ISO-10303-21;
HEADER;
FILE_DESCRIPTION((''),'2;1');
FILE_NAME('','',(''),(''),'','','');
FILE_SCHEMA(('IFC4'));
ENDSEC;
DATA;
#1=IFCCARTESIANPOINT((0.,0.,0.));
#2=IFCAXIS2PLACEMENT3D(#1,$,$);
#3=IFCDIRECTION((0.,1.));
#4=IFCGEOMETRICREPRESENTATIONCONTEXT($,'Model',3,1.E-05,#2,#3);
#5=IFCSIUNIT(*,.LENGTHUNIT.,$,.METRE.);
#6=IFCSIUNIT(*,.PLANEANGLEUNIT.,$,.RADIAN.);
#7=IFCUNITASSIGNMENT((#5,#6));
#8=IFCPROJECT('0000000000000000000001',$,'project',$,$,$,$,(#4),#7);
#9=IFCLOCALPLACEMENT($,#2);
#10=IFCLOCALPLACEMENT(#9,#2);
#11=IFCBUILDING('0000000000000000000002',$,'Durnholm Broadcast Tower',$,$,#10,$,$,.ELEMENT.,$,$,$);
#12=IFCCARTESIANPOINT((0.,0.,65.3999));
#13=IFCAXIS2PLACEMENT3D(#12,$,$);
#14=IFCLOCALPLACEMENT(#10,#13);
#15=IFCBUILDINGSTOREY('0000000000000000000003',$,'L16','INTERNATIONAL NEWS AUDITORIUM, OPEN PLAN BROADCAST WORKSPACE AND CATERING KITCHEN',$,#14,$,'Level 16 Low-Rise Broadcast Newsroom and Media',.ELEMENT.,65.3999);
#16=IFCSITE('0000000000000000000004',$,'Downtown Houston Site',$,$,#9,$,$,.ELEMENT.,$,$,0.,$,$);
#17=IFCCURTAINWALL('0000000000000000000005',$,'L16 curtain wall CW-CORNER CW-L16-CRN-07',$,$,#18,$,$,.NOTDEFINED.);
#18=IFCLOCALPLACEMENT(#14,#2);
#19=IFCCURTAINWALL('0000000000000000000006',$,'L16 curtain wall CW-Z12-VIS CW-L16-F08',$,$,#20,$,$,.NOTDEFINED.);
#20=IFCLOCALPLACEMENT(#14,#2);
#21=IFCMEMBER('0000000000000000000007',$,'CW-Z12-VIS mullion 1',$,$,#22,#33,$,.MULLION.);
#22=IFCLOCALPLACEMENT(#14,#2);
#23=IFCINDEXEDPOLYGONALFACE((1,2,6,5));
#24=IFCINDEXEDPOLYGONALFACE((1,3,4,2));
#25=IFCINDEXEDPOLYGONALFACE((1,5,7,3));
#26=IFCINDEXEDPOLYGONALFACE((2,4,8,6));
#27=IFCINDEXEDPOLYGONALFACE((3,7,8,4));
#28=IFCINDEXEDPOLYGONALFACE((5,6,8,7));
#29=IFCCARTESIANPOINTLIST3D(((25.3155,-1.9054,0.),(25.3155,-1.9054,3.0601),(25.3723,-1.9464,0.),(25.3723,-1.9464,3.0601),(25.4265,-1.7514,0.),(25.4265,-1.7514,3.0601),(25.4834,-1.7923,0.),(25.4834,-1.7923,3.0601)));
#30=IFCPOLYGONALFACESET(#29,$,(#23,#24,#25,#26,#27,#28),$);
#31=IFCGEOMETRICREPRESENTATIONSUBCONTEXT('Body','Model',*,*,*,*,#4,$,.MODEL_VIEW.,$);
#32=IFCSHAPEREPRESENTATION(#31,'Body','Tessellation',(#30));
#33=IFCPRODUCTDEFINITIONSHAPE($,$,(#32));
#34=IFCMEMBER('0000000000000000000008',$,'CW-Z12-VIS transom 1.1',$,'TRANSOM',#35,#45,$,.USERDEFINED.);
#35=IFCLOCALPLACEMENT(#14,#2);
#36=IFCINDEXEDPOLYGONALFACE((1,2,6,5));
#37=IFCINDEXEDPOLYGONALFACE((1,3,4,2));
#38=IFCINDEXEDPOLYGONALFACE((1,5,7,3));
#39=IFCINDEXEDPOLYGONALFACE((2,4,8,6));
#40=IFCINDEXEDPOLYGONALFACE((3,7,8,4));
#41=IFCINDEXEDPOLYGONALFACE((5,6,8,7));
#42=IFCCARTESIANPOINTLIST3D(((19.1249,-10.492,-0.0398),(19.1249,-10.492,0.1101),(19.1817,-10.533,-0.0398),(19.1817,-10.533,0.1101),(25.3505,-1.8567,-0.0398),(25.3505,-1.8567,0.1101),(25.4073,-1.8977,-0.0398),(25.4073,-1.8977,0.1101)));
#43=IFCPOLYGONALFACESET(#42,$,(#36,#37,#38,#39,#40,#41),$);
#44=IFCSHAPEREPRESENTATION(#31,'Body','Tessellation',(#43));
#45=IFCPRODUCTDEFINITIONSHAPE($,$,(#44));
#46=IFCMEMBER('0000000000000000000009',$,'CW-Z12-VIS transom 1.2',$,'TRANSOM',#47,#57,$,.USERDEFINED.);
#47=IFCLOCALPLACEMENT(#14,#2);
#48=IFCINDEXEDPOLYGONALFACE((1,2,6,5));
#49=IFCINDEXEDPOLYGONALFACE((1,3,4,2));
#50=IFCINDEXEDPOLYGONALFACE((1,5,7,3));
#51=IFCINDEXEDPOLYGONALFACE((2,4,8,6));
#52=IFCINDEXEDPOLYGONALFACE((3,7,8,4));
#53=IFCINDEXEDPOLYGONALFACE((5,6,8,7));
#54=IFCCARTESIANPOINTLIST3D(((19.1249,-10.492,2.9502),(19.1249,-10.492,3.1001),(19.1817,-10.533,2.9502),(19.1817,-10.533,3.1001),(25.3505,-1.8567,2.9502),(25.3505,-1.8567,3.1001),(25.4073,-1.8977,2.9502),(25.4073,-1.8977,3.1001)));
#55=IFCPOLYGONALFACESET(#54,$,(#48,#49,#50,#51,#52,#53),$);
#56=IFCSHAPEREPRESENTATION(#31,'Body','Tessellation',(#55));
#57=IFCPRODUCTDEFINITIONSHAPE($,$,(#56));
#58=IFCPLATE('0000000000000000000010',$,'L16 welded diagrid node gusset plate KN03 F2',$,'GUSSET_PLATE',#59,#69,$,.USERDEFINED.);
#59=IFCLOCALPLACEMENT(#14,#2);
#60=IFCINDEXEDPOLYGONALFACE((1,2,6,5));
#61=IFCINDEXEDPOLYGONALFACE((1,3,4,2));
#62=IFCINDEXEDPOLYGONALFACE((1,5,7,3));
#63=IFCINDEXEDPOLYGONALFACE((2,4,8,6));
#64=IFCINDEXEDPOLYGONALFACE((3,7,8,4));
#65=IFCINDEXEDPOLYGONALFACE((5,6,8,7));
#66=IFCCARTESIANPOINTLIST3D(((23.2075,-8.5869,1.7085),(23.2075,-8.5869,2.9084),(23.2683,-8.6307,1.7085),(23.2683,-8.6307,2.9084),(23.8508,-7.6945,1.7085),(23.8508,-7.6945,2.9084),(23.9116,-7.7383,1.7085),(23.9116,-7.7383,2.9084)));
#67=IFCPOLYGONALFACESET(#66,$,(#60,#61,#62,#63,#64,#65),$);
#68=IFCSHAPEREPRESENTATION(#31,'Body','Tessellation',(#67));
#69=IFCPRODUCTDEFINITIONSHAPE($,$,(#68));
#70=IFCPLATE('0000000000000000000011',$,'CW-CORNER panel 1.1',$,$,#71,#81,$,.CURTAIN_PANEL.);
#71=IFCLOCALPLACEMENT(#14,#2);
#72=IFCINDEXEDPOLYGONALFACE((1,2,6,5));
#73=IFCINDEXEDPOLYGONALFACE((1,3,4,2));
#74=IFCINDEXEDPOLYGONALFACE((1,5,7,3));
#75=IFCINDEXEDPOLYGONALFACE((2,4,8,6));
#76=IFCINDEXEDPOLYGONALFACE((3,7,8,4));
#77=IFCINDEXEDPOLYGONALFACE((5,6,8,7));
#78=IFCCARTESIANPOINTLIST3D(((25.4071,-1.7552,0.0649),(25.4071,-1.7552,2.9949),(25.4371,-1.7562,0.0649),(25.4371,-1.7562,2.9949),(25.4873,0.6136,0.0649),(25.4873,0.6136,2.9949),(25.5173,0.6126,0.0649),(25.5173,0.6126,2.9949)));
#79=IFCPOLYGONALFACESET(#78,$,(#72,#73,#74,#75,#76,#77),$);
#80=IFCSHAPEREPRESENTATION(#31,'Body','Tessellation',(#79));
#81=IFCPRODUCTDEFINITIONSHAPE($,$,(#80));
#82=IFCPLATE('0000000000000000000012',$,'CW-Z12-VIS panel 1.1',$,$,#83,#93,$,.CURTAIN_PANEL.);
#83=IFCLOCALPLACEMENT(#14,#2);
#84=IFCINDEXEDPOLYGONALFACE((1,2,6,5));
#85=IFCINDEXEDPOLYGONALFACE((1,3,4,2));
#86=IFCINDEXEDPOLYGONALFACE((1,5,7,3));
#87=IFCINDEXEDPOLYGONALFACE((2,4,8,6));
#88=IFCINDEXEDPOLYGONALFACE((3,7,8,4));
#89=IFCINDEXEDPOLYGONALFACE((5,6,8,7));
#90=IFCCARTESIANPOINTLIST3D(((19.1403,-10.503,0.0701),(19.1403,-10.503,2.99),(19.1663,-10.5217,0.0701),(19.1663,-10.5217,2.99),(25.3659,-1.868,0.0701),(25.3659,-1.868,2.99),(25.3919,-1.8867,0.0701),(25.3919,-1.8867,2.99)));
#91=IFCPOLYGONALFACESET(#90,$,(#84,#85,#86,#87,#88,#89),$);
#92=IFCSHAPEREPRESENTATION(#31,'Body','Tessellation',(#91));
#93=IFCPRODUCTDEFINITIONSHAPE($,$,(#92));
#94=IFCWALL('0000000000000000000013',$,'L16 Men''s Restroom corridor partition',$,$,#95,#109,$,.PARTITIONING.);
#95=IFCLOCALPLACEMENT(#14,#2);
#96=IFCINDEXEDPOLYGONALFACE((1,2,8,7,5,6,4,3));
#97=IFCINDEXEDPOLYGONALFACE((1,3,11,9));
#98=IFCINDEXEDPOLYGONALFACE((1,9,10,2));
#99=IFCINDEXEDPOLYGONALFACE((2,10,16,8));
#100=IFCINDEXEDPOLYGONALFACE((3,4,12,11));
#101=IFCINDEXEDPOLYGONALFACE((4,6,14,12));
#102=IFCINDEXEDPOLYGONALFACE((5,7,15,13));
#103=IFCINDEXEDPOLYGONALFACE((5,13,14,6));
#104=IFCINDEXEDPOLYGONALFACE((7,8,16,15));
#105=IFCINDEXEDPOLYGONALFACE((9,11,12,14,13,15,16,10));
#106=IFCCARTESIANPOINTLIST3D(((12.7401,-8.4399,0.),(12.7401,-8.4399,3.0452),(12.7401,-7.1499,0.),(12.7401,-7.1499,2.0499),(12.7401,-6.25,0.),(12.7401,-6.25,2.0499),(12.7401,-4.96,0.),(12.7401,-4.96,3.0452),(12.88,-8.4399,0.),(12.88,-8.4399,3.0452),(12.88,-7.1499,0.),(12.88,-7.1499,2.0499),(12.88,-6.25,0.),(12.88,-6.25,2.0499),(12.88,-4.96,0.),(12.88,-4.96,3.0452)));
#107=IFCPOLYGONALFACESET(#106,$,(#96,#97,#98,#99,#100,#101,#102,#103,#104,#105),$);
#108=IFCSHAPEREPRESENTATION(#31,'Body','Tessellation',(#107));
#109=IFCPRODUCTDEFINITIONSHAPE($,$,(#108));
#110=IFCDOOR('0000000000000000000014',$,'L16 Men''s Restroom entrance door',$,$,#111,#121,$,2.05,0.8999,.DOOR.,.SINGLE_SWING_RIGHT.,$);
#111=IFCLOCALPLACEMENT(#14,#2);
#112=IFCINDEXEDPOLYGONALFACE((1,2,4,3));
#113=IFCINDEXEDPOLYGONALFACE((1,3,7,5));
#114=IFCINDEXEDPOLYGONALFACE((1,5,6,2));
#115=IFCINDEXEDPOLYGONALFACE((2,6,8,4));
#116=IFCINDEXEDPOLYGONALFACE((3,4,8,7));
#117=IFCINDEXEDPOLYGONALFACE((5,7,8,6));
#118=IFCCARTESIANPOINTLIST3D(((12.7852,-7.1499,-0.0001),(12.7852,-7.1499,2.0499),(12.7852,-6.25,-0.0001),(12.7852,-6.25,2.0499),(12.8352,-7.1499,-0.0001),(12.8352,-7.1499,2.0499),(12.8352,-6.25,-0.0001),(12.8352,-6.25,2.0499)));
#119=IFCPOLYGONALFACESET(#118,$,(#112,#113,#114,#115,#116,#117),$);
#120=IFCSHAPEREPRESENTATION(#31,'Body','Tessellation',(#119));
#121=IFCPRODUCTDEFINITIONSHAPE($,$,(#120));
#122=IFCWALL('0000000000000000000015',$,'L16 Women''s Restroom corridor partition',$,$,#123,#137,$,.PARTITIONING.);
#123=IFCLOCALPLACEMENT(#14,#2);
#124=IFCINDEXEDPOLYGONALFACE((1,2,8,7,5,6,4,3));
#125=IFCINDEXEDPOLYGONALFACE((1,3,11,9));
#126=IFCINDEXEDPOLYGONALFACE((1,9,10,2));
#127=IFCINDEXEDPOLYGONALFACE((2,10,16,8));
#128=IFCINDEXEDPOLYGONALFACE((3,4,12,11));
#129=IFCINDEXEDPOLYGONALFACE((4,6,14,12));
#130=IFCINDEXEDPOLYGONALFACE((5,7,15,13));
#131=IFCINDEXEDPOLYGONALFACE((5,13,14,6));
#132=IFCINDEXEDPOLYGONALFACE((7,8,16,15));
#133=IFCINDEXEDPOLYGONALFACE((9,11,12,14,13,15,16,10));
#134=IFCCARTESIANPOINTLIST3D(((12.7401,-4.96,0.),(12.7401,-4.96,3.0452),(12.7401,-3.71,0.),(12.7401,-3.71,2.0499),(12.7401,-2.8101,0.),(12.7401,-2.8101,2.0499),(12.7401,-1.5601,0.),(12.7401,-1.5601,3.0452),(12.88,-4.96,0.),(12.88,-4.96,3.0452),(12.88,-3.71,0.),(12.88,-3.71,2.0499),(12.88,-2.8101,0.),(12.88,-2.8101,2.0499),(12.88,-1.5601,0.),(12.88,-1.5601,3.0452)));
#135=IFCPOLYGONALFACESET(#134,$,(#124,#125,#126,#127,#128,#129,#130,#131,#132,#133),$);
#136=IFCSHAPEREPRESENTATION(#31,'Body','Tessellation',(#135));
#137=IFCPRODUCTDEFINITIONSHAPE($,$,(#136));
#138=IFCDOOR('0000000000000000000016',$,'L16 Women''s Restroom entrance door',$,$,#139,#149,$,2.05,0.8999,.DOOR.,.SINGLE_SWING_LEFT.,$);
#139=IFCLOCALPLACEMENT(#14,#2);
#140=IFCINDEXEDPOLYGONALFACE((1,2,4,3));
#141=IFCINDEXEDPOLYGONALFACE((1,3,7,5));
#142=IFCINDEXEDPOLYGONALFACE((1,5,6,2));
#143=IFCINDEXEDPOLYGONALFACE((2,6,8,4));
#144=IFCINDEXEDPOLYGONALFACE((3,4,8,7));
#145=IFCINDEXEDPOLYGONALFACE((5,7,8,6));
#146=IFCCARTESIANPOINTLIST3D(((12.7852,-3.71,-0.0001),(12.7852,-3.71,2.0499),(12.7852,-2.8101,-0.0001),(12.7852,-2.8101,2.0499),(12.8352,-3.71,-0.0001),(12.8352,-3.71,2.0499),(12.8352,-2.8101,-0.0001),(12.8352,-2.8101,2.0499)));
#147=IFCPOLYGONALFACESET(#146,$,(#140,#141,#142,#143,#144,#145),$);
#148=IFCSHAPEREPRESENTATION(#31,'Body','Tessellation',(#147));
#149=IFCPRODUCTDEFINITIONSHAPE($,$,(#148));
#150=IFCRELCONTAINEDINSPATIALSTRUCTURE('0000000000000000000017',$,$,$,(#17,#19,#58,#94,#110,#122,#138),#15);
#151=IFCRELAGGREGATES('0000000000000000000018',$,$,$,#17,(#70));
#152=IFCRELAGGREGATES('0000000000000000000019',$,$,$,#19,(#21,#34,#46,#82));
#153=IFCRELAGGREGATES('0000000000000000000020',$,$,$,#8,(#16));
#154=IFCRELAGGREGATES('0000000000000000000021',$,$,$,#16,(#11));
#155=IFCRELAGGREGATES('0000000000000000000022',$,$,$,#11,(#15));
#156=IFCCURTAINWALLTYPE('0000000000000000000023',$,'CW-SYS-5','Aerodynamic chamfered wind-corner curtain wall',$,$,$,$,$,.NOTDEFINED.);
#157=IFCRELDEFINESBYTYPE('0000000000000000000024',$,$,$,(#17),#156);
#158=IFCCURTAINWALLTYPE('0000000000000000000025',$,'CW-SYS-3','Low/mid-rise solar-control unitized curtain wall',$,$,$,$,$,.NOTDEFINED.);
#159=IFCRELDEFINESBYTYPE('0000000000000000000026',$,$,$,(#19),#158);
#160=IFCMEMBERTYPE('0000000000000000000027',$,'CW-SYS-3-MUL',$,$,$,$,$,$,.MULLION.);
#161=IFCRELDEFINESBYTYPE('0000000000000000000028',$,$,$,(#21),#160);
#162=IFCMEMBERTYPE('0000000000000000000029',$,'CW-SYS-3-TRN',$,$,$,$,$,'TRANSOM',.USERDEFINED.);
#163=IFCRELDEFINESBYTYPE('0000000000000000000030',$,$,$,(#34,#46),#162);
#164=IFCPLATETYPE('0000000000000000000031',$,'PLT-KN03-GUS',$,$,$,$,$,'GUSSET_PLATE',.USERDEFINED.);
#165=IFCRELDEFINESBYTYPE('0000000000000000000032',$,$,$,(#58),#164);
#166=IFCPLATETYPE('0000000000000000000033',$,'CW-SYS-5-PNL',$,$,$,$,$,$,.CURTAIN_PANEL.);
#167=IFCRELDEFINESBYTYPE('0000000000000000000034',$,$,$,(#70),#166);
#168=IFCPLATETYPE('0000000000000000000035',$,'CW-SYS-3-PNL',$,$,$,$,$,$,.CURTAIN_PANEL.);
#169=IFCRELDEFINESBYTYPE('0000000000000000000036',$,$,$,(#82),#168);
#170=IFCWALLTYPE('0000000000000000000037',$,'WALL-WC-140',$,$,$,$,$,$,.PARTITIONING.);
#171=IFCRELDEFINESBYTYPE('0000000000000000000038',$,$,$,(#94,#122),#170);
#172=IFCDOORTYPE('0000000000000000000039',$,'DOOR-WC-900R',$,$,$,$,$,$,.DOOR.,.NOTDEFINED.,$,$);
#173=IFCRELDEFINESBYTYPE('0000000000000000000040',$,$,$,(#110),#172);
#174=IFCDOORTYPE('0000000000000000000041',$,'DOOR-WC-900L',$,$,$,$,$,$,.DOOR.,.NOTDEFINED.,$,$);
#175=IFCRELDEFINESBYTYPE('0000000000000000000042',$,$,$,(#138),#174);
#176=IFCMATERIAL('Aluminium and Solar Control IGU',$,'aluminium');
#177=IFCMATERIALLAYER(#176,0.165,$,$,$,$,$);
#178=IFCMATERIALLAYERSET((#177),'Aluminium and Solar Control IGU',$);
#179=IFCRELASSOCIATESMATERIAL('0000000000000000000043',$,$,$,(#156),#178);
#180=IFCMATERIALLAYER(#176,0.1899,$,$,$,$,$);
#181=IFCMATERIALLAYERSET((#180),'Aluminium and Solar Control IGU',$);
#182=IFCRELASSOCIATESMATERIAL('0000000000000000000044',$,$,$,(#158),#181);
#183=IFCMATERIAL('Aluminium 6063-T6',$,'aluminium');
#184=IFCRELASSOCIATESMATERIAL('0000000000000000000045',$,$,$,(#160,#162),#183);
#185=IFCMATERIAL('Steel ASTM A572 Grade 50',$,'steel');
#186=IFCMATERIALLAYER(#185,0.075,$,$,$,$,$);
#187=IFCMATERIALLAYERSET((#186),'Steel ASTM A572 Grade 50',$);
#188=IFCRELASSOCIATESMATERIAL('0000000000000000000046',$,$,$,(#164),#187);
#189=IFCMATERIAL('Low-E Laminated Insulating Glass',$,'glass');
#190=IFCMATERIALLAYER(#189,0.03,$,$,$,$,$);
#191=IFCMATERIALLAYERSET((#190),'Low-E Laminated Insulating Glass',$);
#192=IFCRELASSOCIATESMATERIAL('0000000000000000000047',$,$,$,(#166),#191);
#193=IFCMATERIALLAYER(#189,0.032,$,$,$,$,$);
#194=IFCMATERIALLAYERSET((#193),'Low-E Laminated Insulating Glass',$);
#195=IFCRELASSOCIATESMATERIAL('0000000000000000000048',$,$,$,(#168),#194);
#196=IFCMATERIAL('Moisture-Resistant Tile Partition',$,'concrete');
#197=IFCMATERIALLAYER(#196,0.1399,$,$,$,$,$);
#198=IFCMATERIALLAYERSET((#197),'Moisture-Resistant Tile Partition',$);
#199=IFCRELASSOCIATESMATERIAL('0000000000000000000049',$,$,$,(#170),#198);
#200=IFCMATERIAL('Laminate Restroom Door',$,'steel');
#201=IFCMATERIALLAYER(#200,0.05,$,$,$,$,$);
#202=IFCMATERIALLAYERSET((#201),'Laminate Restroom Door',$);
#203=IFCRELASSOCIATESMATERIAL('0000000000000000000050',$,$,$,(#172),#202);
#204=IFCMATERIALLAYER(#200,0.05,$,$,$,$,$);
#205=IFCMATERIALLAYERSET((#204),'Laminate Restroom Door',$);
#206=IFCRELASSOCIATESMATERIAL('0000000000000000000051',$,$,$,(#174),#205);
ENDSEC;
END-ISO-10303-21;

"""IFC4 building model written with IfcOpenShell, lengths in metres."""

from ifc_helpers import new_model, si_unit, direction, frame, frame_2d, origin, origin_2d, place, context, subcontext, project, spatial, rectangle, extrude, source, transform, mapped, material, layer, layer_set, material_profile, profile_set, type_object, type_shapes, element, fill, aggregate, save


model = new_model("IFC4")

# Units and contexts
model_context = context("Model", 3, precision=1e-05, world=origin(), true_north=direction((0.0, 1.0)))
body_context = subcontext(model_context, "Body", "Model", "MODEL_VIEW")
ifc_project = project(units=[si_unit("LENGTHUNIT", "METRE"), si_unit("PLANEANGLEUNIT", "RADIAN")], contexts=[model_context])

# Site, building, storey
site_placement = place(None, origin())
site = spatial("IfcSite", under=ifc_project, at=site_placement, Name="Downtown Houston Site", CompositionType="ELEMENT", RefElevation=0.0)
building_placement = place(site_placement, origin())
building = spatial("IfcBuilding", under=site, at=building_placement, Name="Durnholm Broadcast Tower", CompositionType="ELEMENT")
storey_placement = place(building_placement, frame((0.0, 0.0, 65.3999)))
storey = spatial("IfcBuildingStorey", under=building, at=storey_placement, Name="L16", Description="INTERNATIONAL NEWS AUDITORIUM, OPEN PLAN BROADCAST WORKSPACE AND CATERING KITCHEN", LongName="Level 16 Low-Rise Broadcast Newsroom and Media", CompositionType="ELEMENT", Elevation=65.3999)

# Curtain wall
ifc_material_1 = material(Name="Aluminium and Solar Control IGU", Category="aluminium")
ifc_layer_1 = layer(ifc_material_1, 0.165)
ifc_layer_set_1 = layer_set([ifc_layer_1], Name="Aluminium and Solar Control IGU")
curtain_wall_type_1 = type_object("IfcCurtainWallType", Name="CW-SYS-5", Description="Aerodynamic chamfered wind-corner curtain wall", PredefinedType="NOTDEFINED", material=ifc_layer_set_1)
curtain_wall_1_placement = place(storey_placement, origin())
curtain_wall_1 = element("IfcCurtainWall", 1, at=curtain_wall_1_placement, inside=storey, type_object=curtain_wall_type_1, Name="L16 curtain wall CW-CORNER CW-L16-CRN-07", PredefinedType="NOTDEFINED")
ifc_material_2 = material(Name="Aluminium 6063-T6", Category="aluminium")

# Curtain wall, members
ifc_layer_2 = layer(ifc_material_1, 0.1899)
ifc_layer_set_2 = layer_set([ifc_layer_2], Name="Aluminium and Solar Control IGU")
curtain_wall_type_2 = type_object("IfcCurtainWallType", Name="CW-SYS-3", Description="Low/mid-rise solar-control unitized curtain wall", PredefinedType="NOTDEFINED", material=ifc_layer_set_2)
curtain_wall_2_placement = place(storey_placement, origin())
curtain_wall_2 = element("IfcCurtainWall", 2, at=curtain_wall_2_placement, inside=storey, type_object=curtain_wall_type_2, Name="L16 curtain wall CW-Z12-VIS CW-L16-F08", PredefinedType="NOTDEFINED")
ifc_material_profile_1 = material_profile(ifc_material_2, rectangle(XDim=0.0701, YDim=0.1899, at=origin_2d()), Name="CWM70X190")
ifc_profile_set_1 = profile_set([ifc_material_profile_1], Name="Aluminium 6063-T6")
member_type_1 = type_object("IfcMemberType", Name="CW-SYS-3-MUL", PredefinedType="MULLION", material=ifc_profile_set_1)
shared_shape_1 = source(origin(), body_context, "Body", "SweptSolid", [
    extrude(rectangle(XDim=0.0701, YDim=0.1899, at=origin_2d()), origin(), (0.0, 0.0, 1.0), 3.0601),
])
type_shapes(member_type_1, [shared_shape_1])
member_1_placement = place(storey_placement, frame((25.3994, -1.8489, 0.0), z_axis=(0.0, 0.0, 1.0), x_axis=(0.811161, -0.584823, 0.0)))
member_1 = element("IfcMember", 3, at=member_1_placement, type_object=member_type_1, Name="CW-Z12-VIS mullion 1", PredefinedType="MULLION", context=body_context, shape_type="MappedRepresentation", body=[
    mapped(shared_shape_1, transform((0.0, 0.0, 0.0), x_axis=(1.0, 0.0, 0.0), y_axis=(0.0, 1.0, 0.0), z_axis=(0.0, 0.0, 1.0), scale=1.0)),
])
ifc_material_profile_2 = material_profile(ifc_material_2, rectangle(XDim=0.0701, YDim=0.1499, at=origin_2d()), Name="CWT70X150")
ifc_profile_set_2 = profile_set([ifc_material_profile_2], Name="Aluminium 6063-T6")
member_type_2 = type_object("IfcMemberType", Name="CW-SYS-3-TRN", ElementType="TRANSOM", PredefinedType="USERDEFINED", material=ifc_profile_set_2)
shared_shape_2 = source(origin(), body_context, "Body", "SweptSolid", [
    extrude(rectangle(XDim=0.0701, YDim=0.1499, at=origin_2d()), origin(), (0.0, 0.0, 1.0), 10.6455),
])
type_shapes(member_type_2, [shared_shape_2])
member_2_placement = place(storey_placement, frame((25.3789, -1.8772, 0.0352), z_axis=(-0.584812, -0.811169, 0.0), x_axis=(0.811169, -0.584812, 0.0)))
member_2 = element("IfcMember", 4, at=member_2_placement, type_object=member_type_2, Name="CW-Z12-VIS transom 1.1", ObjectType="TRANSOM", PredefinedType="USERDEFINED", context=body_context, shape_type="MappedRepresentation", body=[
    mapped(shared_shape_2, transform((0.0, 0.0, 0.0), x_axis=(1.0, 0.0, 0.0), y_axis=(0.0, 1.0, 0.0), z_axis=(0.0, 0.0, 1.0), scale=1.0)),
])
member_3_placement = place(storey_placement, frame((25.3789, -1.8772, 3.0251), z_axis=(-0.584812, -0.811169, 0.0), x_axis=(0.811169, -0.584812, 0.0)))
member_3 = element("IfcMember", 5, at=member_3_placement, type_object=member_type_2, Name="CW-Z12-VIS transom 1.2", ObjectType="TRANSOM", PredefinedType="USERDEFINED", context=body_context, shape_type="MappedRepresentation", body=[
    mapped(shared_shape_2, transform((0.0, 0.0, 0.0), x_axis=(1.0, 0.0, 0.0), y_axis=(0.0, 1.0, 0.0), z_axis=(0.0, 0.0, 1.0), scale=1.0)),
])

# Plates
ifc_material_3 = material(Name="Steel ASTM A572 Grade 50", Category="steel")
ifc_layer_3 = layer(ifc_material_3, 0.075)
ifc_layer_set_3 = layer_set([ifc_layer_3], Name="Steel ASTM A572 Grade 50")
plate_type_1 = type_object("IfcPlateType", Name="PLT-KN03-GUS", ElementType="GUSSET_PLATE", PredefinedType="USERDEFINED", material=ifc_layer_set_3)
shared_shape_3 = source(origin(), body_context, "Body", "SweptSolid", [
    extrude(rectangle(XDim=1.1001, YDim=0.075, at=origin_2d()), origin(), (0.0, 0.0, 1.0), 1.2),
])
type_shapes(plate_type_1, [shared_shape_3])
plate_1_placement = place(storey_placement, frame((23.5596, -8.1626, 1.7085), z_axis=(0.0, 0.0, 1.0), x_axis=(0.584816, 0.811166, 0.0)))
element("IfcPlate", 6, at=plate_1_placement, inside=storey, type_object=plate_type_1, Name="L16 welded diagrid node gusset plate KN03 F2", ObjectType="GUSSET_PLATE", PredefinedType="USERDEFINED", context=body_context, shape_type="MappedRepresentation", body=[
    mapped(shared_shape_3, transform((0.0, 0.0, 0.0), x_axis=(1.0, 0.0, 0.0), y_axis=(0.0, 1.0, 0.0), z_axis=(0.0, 0.0, 1.0), scale=1.0)),
])
ifc_material_4 = material(Name="Low-E Laminated Insulating Glass", Category="glass")
ifc_layer_4 = layer(ifc_material_4, 0.03)
ifc_layer_set_4 = layer_set([ifc_layer_4], Name="Low-E Laminated Insulating Glass")
plate_type_2 = type_object("IfcPlateType", Name="CW-SYS-5-PNL", PredefinedType="CURTAIN_PANEL", material=ifc_layer_set_4)
shared_shape_4 = source(origin(), body_context, "Body", "SweptSolid", [
    extrude(rectangle(XDim=2.3701, YDim=0.03, at=origin_2d()), origin(), (0.0, 0.0, 1.0), 2.9299),
])
type_shapes(plate_type_2, [shared_shape_4])
plate_2_placement = place(storey_placement, frame((25.4622, -0.5713, 0.0649), z_axis=(0.0, 0.0, 1.0), x_axis=(-0.03384, -0.999427, 0.0)))
plate_2 = element("IfcPlate", 7, at=plate_2_placement, type_object=plate_type_2, Name="CW-CORNER panel 1.1", PredefinedType="CURTAIN_PANEL", context=body_context, shape_type="MappedRepresentation", body=[
    mapped(shared_shape_4, transform((0.0, 0.0, 0.0), x_axis=(1.0, 0.0, 0.0), y_axis=(0.0, 1.0, 0.0), z_axis=(0.0, 0.0, 1.0), scale=1.0)),
])
aggregate(curtain_wall_1, [plate_2])
ifc_layer_5 = layer(ifc_material_4, 0.032)
ifc_layer_set_5 = layer_set([ifc_layer_5], Name="Low-E Laminated Insulating Glass")
plate_type_3 = type_object("IfcPlateType", Name="CW-SYS-3-PNL", PredefinedType="CURTAIN_PANEL", material=ifc_layer_set_5)
shared_shape_5 = source(origin(), body_context, "Body", "SweptSolid", [
    extrude(rectangle(XDim=10.6453, YDim=0.032, at=origin_2d()), origin(), (0.0, 0.0, 1.0), 2.9199),
])
type_shapes(plate_type_3, [shared_shape_5])
plate_3_placement = place(storey_placement, frame((22.2661, -6.1948, 0.0701), z_axis=(0.0, 0.0, 1.0), x_axis=(-0.584823, -0.811161, 0.0)))
plate_3 = element("IfcPlate", 8, at=plate_3_placement, type_object=plate_type_3, Name="CW-Z12-VIS panel 1.1", PredefinedType="CURTAIN_PANEL", context=body_context, shape_type="MappedRepresentation", body=[
    mapped(shared_shape_5, transform((0.0, 0.0, 0.0), x_axis=(1.0, 0.0, 0.0), y_axis=(0.0, 1.0, 0.0), z_axis=(0.0, 0.0, 1.0), scale=1.0)),
])
aggregate(curtain_wall_2, [member_1, member_2, member_3, plate_3])

# Walls, openings, doors
ifc_material_5 = material(Name="Moisture-Resistant Tile Partition", Category="concrete")
ifc_layer_6 = layer(ifc_material_5, 0.1399)
ifc_layer_set_6 = layer_set([ifc_layer_6], Name="Moisture-Resistant Tile Partition")
wall_type = type_object("IfcWallType", Name="WALL-WC-140", PredefinedType="PARTITIONING", material=ifc_layer_set_6)
wall_1_placement = place(storey_placement, frame((12.8101, -8.4399, 0.0), z_axis=(0.0, 0.0, 1.0), x_axis=(0.0, 1.0, 0.0)))
wall_1 = element("IfcWall", 9, at=wall_1_placement, inside=storey, type_object=wall_type, Name="L16 Men's Restroom corridor partition", PredefinedType="PARTITIONING", context=body_context, shape_type="SweptSolid", body=[
    extrude(rectangle(XDim=3.48, YDim=0.1399, at=frame_2d((1.74, 0.0))), origin(), (0.0, 0.0, 1.0), 3.0452),
])
opening_1_placement = place(wall_1_placement, frame((1.29, 0.0, 0.0)))
opening_1 = element("IfcOpeningElement", 10, at=opening_1_placement, cuts=wall_1, PredefinedType="OPENING", context=body_context, shape_type="SweptSolid", body=[
    extrude(rectangle(XDim=0.8999, YDim=2.05, at=frame_2d((0.45, 1.0249))), frame((0.0, 0.0801, 0.0), z_axis=(0.0, -1.0, 0.0), x_axis=(1.0, 0.0, 0.0)), (0.0, 0.0, 1.0), 0.1599),
])
ifc_material_6 = material(Name="Laminate Restroom Door", Category="steel")
ifc_layer_7 = layer(ifc_material_6, 0.05)
ifc_layer_set_7 = layer_set([ifc_layer_7], Name="Laminate Restroom Door")
door_type_1 = type_object("IfcDoorType", Name="DOOR-WC-900R", OperationType="NOTDEFINED", PredefinedType="DOOR", material=ifc_layer_set_7)
shared_shape_6 = source(origin(), body_context, "Body", "SweptSolid", [
    extrude(rectangle(XDim=0.8999, YDim=2.05, at=frame_2d((0.45, 1.0249))), frame((0.0, 0.0249, 0.0), z_axis=(0.0, -1.0, 0.0), x_axis=(1.0, 0.0, 0.0)), (0.0, 0.0, 1.0), 0.05),
])
type_shapes(door_type_1, [shared_shape_6])
door_1_placement = place(opening_1_placement, origin())
door_1 = element("IfcDoor", 11, at=door_1_placement, inside=storey, type_object=door_type_1, Name="L16 Men's Restroom entrance door", OperationType="SINGLE_SWING_RIGHT", OverallHeight=2.05, OverallWidth=0.8999, PredefinedType="DOOR", context=body_context, shape_type="MappedRepresentation", body=[
    mapped(shared_shape_6, transform((0.0, 0.0, 0.0), x_axis=(1.0, 0.0, 0.0), y_axis=(0.0, 1.0, 0.0), z_axis=(0.0, 0.0, 1.0), scale=1.0)),
])
fill(opening_1, door_1)
wall_2_placement = place(storey_placement, frame((12.8101, -4.96, 0.0), z_axis=(0.0, 0.0, 1.0), x_axis=(0.0, 1.0, 0.0)))
wall_2 = element("IfcWall", 12, at=wall_2_placement, inside=storey, type_object=wall_type, Name="L16 Women's Restroom corridor partition", PredefinedType="PARTITIONING", context=body_context, shape_type="SweptSolid", body=[
    extrude(rectangle(XDim=3.3999, YDim=0.1399, at=frame_2d((1.7, 0.0))), origin(), (0.0, 0.0, 1.0), 3.0452),
])
opening_2_placement = place(wall_2_placement, frame((1.25, 0.0, 0.0)))
opening_2 = element("IfcOpeningElement", 13, at=opening_2_placement, cuts=wall_2, PredefinedType="OPENING", context=body_context, shape_type="SweptSolid", body=[
    extrude(rectangle(XDim=0.8999, YDim=2.05, at=frame_2d((0.45, 1.0249))), frame((0.0, 0.0801, 0.0), z_axis=(0.0, -1.0, 0.0), x_axis=(1.0, 0.0, 0.0)), (0.0, 0.0, 1.0), 0.1599),
])
ifc_layer_8 = layer(ifc_material_6, 0.05)
ifc_layer_set_8 = layer_set([ifc_layer_8], Name="Laminate Restroom Door")
door_type_2 = type_object("IfcDoorType", Name="DOOR-WC-900L", OperationType="NOTDEFINED", PredefinedType="DOOR", material=ifc_layer_set_8)
shared_shape_7 = source(origin(), body_context, "Body", "SweptSolid", [
    extrude(rectangle(XDim=0.8999, YDim=2.05, at=frame_2d((0.45, 1.0249))), frame((0.0, 0.0249, 0.0), z_axis=(0.0, -1.0, 0.0), x_axis=(1.0, 0.0, 0.0)), (0.0, 0.0, 1.0), 0.05),
])
type_shapes(door_type_2, [shared_shape_7])
door_2_placement = place(opening_2_placement, origin())
door_2 = element("IfcDoor", 14, at=door_2_placement, inside=storey, type_object=door_type_2, Name="L16 Women's Restroom entrance door", OperationType="SINGLE_SWING_LEFT", OverallHeight=2.05, OverallWidth=0.8999, PredefinedType="DOOR", context=body_context, shape_type="MappedRepresentation", body=[
    mapped(shared_shape_7, transform((0.0, 0.0, 0.0), x_axis=(1.0, 0.0, 0.0), y_axis=(0.0, 1.0, 0.0), z_axis=(0.0, 0.0, 1.0), scale=1.0)),
])
fill(opening_2, door_2)

save(model, "model.ifc")
